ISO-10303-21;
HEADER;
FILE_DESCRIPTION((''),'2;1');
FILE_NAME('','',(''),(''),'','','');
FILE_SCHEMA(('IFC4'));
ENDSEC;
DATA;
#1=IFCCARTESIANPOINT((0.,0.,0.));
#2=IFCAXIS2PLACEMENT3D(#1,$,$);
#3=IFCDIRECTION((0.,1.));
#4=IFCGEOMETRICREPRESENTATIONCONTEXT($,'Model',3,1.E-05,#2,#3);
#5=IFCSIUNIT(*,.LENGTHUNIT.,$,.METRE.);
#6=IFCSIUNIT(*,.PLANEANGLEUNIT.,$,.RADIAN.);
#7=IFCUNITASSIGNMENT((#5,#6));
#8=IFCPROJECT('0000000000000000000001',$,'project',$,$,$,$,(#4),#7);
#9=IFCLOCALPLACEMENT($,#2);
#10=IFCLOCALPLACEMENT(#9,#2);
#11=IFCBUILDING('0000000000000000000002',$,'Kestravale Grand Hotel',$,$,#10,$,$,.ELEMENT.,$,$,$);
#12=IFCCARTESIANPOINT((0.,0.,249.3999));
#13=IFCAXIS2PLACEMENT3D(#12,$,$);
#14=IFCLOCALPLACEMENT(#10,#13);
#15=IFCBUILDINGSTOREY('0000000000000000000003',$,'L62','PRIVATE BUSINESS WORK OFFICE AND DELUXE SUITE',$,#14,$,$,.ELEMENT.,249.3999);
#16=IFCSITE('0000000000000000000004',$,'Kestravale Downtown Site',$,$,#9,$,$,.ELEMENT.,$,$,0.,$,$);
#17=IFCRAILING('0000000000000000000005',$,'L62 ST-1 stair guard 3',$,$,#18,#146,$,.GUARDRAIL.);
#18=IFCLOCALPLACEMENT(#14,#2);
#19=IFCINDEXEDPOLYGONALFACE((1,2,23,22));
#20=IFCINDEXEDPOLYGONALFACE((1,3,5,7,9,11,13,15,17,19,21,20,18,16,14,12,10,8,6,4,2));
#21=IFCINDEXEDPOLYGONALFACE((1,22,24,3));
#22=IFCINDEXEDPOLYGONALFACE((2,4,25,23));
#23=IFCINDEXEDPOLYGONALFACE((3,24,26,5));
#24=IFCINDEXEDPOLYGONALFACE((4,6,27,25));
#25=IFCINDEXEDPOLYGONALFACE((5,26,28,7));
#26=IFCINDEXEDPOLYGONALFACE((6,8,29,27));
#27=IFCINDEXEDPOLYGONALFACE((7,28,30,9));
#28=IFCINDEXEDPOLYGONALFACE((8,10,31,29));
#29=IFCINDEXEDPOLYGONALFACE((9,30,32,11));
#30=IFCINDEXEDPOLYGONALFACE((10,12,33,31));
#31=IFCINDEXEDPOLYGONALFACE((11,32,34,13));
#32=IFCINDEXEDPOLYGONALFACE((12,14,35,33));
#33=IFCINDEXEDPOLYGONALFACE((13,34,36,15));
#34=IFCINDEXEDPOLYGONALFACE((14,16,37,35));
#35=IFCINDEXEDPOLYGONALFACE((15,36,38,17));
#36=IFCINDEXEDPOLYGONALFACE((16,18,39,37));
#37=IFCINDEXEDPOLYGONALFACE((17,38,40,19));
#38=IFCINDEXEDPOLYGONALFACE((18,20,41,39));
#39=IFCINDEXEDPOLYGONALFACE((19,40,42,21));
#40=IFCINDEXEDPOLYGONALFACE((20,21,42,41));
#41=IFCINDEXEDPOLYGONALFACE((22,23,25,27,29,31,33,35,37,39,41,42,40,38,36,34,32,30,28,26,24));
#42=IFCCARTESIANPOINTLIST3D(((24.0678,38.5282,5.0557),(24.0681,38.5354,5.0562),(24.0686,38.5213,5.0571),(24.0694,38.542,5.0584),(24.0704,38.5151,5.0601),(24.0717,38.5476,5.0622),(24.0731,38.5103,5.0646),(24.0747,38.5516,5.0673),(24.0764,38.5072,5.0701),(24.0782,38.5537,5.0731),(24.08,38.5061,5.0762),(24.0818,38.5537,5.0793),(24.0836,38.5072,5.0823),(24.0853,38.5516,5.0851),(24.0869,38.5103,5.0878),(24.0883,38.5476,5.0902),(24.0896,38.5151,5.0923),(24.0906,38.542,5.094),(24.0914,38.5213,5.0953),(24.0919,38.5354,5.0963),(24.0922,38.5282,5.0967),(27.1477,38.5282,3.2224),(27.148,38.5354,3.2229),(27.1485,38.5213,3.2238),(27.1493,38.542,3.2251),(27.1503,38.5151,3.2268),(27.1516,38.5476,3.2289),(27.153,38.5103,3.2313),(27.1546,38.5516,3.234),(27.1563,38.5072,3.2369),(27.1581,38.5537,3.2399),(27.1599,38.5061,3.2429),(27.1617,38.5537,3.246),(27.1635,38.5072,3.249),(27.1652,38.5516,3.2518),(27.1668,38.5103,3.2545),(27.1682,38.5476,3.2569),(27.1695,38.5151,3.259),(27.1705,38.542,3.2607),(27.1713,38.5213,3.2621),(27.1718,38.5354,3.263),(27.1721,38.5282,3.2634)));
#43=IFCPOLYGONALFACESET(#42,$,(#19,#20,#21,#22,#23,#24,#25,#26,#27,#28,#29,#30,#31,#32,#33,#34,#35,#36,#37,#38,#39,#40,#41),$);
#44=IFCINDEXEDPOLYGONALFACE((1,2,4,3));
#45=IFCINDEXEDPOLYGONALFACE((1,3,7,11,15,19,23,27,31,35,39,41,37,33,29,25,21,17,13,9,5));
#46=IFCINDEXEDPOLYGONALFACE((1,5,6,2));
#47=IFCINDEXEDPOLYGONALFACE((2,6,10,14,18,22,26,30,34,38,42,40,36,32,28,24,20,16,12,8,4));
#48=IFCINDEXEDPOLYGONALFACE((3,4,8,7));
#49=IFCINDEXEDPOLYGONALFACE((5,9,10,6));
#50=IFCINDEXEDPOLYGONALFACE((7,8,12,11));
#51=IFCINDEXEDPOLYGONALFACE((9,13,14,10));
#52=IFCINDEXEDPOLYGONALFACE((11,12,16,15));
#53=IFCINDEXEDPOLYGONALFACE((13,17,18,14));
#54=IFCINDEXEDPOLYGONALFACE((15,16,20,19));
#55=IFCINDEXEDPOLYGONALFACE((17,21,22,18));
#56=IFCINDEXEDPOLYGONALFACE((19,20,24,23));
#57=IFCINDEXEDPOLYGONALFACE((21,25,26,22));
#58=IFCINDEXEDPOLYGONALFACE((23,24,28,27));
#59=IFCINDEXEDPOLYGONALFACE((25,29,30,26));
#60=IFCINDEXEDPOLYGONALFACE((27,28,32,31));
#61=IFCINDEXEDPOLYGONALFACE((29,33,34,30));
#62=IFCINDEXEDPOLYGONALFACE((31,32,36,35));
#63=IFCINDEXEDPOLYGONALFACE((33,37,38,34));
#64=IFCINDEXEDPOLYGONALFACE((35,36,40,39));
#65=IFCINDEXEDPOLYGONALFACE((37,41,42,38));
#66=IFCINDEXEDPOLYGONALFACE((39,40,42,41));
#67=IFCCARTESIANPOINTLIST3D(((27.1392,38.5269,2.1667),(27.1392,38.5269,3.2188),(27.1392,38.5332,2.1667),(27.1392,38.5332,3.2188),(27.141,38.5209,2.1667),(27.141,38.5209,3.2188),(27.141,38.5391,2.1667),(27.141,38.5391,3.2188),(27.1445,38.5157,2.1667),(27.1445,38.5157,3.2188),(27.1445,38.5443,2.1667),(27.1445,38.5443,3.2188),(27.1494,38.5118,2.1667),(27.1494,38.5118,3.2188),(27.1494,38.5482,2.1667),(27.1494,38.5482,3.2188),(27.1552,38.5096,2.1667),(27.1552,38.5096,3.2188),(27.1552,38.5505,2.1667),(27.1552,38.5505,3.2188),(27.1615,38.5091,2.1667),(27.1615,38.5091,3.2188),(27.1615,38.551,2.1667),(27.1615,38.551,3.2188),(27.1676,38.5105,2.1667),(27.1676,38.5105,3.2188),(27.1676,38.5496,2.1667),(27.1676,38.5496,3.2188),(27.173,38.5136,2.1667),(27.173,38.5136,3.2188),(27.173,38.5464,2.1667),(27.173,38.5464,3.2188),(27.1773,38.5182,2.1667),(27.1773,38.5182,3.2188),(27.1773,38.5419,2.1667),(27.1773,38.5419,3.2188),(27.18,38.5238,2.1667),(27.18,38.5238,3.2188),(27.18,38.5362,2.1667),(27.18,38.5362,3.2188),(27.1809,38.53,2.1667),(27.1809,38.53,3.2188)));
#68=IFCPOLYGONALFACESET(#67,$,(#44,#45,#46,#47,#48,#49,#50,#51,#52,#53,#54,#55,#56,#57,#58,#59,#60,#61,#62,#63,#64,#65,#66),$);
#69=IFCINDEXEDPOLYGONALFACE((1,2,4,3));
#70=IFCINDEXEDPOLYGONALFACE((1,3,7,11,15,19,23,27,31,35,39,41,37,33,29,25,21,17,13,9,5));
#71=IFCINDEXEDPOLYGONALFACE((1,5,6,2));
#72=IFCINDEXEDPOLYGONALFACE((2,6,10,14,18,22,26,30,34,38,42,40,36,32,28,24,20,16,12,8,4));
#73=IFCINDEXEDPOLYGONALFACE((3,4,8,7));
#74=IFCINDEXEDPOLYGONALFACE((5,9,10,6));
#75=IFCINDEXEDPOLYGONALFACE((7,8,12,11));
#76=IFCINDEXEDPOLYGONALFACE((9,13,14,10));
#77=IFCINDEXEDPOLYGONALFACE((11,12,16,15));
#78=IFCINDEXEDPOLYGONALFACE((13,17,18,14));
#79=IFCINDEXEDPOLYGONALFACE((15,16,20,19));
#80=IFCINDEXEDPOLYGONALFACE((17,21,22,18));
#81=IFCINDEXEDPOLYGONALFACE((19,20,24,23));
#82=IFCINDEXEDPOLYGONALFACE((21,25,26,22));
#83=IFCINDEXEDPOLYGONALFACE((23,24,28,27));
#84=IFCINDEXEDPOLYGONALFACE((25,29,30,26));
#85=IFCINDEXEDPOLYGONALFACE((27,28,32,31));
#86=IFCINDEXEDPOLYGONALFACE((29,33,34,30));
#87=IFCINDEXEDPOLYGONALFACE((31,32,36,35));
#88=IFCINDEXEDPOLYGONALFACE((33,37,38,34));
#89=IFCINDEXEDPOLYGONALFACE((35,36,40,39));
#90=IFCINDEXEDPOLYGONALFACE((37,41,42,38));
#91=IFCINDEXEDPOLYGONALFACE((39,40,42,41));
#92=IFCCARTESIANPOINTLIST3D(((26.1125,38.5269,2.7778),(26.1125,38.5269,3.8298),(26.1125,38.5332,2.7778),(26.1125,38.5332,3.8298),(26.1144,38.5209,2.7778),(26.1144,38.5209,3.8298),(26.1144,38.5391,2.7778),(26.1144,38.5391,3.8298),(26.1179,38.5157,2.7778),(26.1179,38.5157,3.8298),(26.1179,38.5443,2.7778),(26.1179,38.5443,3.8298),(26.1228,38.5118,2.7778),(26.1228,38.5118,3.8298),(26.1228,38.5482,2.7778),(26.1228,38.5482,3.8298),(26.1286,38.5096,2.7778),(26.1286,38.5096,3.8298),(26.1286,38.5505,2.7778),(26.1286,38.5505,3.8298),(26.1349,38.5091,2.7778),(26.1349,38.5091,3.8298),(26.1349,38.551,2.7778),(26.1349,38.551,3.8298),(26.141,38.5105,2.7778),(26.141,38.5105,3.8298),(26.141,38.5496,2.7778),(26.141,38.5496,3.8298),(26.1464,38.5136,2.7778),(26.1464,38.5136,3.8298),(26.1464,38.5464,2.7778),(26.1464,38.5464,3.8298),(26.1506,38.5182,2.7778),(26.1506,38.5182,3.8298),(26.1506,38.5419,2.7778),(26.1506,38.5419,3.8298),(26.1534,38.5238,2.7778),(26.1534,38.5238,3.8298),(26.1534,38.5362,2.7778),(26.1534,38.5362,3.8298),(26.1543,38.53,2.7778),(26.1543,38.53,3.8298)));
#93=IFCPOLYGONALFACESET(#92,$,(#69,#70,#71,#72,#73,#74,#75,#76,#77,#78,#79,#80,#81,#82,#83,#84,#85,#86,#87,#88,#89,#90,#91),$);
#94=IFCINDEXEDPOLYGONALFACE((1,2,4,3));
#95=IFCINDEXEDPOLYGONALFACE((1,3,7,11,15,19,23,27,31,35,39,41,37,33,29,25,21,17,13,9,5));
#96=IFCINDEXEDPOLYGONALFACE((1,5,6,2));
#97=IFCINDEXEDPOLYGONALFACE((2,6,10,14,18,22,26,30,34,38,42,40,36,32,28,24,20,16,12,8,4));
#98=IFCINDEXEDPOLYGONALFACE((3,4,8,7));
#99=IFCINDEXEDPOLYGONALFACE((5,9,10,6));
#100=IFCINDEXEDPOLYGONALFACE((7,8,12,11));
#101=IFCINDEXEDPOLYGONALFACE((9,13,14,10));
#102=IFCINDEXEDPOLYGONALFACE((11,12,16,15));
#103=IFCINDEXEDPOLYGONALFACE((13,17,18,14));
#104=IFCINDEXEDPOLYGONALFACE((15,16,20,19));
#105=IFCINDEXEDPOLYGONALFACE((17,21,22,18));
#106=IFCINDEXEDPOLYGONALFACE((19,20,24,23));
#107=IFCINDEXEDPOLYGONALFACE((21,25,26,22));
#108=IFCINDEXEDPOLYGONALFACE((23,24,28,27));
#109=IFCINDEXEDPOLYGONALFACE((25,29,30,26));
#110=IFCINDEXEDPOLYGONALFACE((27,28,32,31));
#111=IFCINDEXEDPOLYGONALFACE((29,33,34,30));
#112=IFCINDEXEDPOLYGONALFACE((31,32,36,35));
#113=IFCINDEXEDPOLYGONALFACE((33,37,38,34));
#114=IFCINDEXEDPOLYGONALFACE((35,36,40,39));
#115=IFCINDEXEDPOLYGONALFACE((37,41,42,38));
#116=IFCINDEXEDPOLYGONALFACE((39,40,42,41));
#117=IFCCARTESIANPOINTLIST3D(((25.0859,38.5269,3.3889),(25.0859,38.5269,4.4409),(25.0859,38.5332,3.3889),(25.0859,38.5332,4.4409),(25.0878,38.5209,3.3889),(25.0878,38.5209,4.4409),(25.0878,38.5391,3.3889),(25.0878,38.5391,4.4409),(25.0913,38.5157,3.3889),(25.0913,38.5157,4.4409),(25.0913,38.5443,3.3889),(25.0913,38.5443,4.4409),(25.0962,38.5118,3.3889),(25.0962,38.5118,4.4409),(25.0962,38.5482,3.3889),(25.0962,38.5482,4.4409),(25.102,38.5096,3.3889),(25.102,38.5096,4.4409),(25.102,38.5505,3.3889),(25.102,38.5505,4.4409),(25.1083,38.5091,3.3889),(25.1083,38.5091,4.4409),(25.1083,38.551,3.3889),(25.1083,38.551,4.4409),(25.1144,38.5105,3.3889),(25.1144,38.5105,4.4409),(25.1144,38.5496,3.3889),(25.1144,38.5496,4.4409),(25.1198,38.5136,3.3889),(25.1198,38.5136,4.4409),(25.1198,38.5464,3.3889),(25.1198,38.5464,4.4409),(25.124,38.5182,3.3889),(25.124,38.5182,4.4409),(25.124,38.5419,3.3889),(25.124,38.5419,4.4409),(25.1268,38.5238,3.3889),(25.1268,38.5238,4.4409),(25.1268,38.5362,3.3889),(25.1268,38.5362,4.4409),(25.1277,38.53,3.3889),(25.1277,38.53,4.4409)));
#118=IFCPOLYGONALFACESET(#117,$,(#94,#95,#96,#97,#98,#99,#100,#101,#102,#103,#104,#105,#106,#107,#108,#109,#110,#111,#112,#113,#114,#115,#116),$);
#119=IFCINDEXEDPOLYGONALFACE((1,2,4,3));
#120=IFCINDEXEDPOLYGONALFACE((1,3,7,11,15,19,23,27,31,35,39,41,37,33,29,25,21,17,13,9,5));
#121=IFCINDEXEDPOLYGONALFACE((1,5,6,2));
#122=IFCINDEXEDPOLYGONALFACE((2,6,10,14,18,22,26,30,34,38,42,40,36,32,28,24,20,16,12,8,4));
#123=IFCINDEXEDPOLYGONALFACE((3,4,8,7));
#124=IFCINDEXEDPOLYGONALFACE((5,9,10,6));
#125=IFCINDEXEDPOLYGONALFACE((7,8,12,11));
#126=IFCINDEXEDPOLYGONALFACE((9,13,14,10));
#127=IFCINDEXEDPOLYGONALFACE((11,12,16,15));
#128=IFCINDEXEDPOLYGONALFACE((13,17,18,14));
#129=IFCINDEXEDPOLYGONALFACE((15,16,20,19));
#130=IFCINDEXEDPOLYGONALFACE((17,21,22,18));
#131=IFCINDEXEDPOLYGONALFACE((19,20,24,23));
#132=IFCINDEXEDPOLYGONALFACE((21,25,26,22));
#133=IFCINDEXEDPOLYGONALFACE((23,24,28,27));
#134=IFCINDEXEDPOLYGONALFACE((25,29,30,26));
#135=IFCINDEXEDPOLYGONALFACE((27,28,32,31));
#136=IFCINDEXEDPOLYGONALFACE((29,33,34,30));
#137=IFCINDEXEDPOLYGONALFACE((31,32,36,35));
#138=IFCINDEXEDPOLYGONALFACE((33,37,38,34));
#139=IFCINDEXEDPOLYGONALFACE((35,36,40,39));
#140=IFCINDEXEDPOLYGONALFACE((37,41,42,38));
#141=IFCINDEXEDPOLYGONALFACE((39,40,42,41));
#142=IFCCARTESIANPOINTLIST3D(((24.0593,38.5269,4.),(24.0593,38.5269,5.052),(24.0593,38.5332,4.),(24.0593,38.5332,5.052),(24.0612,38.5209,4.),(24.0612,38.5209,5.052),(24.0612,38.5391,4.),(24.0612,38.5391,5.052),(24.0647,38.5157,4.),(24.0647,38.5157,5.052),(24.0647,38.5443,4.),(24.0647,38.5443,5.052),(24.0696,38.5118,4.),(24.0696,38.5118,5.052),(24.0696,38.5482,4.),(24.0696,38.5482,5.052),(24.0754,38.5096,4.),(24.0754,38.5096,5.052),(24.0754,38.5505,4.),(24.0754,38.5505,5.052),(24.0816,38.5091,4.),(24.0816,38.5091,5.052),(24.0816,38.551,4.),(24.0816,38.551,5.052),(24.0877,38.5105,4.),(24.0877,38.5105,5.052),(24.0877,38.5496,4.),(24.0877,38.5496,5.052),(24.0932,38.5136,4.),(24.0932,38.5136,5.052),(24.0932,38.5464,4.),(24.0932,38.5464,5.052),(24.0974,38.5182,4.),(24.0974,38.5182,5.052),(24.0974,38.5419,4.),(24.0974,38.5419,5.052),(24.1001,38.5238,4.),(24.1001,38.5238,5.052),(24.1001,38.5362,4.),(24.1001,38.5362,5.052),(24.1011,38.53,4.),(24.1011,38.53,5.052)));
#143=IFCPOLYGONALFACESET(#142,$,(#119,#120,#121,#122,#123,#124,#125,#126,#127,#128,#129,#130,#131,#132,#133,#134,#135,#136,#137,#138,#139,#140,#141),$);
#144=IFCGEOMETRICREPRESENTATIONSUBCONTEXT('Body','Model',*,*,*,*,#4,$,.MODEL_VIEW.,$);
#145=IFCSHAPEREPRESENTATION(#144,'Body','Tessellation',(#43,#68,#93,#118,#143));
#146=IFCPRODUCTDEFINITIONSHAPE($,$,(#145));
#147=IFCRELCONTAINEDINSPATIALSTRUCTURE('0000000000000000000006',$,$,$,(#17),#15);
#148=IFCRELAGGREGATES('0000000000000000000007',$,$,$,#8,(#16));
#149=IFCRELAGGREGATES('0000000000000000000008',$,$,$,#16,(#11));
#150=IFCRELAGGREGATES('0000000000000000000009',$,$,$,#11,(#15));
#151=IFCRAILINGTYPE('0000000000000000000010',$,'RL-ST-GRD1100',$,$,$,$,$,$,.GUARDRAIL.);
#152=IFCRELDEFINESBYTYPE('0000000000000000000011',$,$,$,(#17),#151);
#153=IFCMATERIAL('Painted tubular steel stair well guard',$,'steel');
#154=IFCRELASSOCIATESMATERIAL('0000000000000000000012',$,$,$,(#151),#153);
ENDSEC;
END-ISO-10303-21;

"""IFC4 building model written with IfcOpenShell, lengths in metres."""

from ifc_helpers import new_model, si_unit, direction, frame, origin, origin_2d, place, context, subcontext, project, spatial, circle, extrude, material, type_object, element, save


model = new_model("IFC4")

# Units and contexts
model_context = context("Model", 3, precision=1e-05, world=origin(), true_north=direction((0.0, 1.0)))
body_context = subcontext(model_context, "Body", "Model", "MODEL_VIEW")
ifc_project = project(units=[si_unit("LENGTHUNIT", "METRE"), si_unit("PLANEANGLEUNIT", "RADIAN")], contexts=[model_context])

# Site, building, storey
site_placement = place(None, origin())
site = spatial("IfcSite", under=ifc_project, at=site_placement, Name="Kestravale Downtown Site", CompositionType="ELEMENT", RefElevation=0.0)
building_placement = place(site_placement, origin())
building = spatial("IfcBuilding", under=site, at=building_placement, Name="Kestravale Grand Hotel", CompositionType="ELEMENT")
storey_placement = place(building_placement, frame((0.0, 0.0, 249.3999)))
storey = spatial("IfcBuildingStorey", under=building, at=storey_placement, Name="L62", Description="PRIVATE BUSINESS WORK OFFICE AND DELUXE SUITE", CompositionType="ELEMENT", Elevation=249.3999)

# Railing
ifc_material_1 = material(Name="Painted tubular steel stair well guard", Category="steel")
railing_type_1 = type_object("IfcRailingType", Name="RL-ST-GRD1100", PredefinedType="GUARDRAIL", material=ifc_material_1)
railing_1_placement = place(storey_placement, frame((27.1599, 38.53, 2.1667)))
element("IfcRailing", 1, at=railing_1_placement, inside=storey, type_object=railing_type_1, Name="L62 ST-1 stair guard 3", PredefinedType="GUARDRAIL", context=body_context, shape_type="SweptSolid", body=[
    extrude(circle(Radius=0.0239, at=origin_2d()), frame((0.0, 0.0, 1.0762), z_axis=(-0.859291, 0.0, 0.511487), x_axis=(0.0, -1.0, 0.0)), (0.0, 0.0, 1.0), 3.5842),
    extrude(circle(Radius=0.021, at=origin_2d()), origin(), (0.0, 0.0, 1.0), 1.052),
    extrude(circle(Radius=0.021, at=origin_2d()), frame((-1.0266, 0.0, 0.6111)), (0.0, 0.0, 1.0), 1.052),
    extrude(circle(Radius=0.021, at=origin_2d()), frame((-2.0532, 0.0, 1.2222)), (0.0, 0.0, 1.0), 1.052),
    extrude(circle(Radius=0.021, at=origin_2d()), frame((-3.0798, 0.0, 1.8333)), (0.0, 0.0, 1.0), 1.052),
])

save(model, "model.ifc")
